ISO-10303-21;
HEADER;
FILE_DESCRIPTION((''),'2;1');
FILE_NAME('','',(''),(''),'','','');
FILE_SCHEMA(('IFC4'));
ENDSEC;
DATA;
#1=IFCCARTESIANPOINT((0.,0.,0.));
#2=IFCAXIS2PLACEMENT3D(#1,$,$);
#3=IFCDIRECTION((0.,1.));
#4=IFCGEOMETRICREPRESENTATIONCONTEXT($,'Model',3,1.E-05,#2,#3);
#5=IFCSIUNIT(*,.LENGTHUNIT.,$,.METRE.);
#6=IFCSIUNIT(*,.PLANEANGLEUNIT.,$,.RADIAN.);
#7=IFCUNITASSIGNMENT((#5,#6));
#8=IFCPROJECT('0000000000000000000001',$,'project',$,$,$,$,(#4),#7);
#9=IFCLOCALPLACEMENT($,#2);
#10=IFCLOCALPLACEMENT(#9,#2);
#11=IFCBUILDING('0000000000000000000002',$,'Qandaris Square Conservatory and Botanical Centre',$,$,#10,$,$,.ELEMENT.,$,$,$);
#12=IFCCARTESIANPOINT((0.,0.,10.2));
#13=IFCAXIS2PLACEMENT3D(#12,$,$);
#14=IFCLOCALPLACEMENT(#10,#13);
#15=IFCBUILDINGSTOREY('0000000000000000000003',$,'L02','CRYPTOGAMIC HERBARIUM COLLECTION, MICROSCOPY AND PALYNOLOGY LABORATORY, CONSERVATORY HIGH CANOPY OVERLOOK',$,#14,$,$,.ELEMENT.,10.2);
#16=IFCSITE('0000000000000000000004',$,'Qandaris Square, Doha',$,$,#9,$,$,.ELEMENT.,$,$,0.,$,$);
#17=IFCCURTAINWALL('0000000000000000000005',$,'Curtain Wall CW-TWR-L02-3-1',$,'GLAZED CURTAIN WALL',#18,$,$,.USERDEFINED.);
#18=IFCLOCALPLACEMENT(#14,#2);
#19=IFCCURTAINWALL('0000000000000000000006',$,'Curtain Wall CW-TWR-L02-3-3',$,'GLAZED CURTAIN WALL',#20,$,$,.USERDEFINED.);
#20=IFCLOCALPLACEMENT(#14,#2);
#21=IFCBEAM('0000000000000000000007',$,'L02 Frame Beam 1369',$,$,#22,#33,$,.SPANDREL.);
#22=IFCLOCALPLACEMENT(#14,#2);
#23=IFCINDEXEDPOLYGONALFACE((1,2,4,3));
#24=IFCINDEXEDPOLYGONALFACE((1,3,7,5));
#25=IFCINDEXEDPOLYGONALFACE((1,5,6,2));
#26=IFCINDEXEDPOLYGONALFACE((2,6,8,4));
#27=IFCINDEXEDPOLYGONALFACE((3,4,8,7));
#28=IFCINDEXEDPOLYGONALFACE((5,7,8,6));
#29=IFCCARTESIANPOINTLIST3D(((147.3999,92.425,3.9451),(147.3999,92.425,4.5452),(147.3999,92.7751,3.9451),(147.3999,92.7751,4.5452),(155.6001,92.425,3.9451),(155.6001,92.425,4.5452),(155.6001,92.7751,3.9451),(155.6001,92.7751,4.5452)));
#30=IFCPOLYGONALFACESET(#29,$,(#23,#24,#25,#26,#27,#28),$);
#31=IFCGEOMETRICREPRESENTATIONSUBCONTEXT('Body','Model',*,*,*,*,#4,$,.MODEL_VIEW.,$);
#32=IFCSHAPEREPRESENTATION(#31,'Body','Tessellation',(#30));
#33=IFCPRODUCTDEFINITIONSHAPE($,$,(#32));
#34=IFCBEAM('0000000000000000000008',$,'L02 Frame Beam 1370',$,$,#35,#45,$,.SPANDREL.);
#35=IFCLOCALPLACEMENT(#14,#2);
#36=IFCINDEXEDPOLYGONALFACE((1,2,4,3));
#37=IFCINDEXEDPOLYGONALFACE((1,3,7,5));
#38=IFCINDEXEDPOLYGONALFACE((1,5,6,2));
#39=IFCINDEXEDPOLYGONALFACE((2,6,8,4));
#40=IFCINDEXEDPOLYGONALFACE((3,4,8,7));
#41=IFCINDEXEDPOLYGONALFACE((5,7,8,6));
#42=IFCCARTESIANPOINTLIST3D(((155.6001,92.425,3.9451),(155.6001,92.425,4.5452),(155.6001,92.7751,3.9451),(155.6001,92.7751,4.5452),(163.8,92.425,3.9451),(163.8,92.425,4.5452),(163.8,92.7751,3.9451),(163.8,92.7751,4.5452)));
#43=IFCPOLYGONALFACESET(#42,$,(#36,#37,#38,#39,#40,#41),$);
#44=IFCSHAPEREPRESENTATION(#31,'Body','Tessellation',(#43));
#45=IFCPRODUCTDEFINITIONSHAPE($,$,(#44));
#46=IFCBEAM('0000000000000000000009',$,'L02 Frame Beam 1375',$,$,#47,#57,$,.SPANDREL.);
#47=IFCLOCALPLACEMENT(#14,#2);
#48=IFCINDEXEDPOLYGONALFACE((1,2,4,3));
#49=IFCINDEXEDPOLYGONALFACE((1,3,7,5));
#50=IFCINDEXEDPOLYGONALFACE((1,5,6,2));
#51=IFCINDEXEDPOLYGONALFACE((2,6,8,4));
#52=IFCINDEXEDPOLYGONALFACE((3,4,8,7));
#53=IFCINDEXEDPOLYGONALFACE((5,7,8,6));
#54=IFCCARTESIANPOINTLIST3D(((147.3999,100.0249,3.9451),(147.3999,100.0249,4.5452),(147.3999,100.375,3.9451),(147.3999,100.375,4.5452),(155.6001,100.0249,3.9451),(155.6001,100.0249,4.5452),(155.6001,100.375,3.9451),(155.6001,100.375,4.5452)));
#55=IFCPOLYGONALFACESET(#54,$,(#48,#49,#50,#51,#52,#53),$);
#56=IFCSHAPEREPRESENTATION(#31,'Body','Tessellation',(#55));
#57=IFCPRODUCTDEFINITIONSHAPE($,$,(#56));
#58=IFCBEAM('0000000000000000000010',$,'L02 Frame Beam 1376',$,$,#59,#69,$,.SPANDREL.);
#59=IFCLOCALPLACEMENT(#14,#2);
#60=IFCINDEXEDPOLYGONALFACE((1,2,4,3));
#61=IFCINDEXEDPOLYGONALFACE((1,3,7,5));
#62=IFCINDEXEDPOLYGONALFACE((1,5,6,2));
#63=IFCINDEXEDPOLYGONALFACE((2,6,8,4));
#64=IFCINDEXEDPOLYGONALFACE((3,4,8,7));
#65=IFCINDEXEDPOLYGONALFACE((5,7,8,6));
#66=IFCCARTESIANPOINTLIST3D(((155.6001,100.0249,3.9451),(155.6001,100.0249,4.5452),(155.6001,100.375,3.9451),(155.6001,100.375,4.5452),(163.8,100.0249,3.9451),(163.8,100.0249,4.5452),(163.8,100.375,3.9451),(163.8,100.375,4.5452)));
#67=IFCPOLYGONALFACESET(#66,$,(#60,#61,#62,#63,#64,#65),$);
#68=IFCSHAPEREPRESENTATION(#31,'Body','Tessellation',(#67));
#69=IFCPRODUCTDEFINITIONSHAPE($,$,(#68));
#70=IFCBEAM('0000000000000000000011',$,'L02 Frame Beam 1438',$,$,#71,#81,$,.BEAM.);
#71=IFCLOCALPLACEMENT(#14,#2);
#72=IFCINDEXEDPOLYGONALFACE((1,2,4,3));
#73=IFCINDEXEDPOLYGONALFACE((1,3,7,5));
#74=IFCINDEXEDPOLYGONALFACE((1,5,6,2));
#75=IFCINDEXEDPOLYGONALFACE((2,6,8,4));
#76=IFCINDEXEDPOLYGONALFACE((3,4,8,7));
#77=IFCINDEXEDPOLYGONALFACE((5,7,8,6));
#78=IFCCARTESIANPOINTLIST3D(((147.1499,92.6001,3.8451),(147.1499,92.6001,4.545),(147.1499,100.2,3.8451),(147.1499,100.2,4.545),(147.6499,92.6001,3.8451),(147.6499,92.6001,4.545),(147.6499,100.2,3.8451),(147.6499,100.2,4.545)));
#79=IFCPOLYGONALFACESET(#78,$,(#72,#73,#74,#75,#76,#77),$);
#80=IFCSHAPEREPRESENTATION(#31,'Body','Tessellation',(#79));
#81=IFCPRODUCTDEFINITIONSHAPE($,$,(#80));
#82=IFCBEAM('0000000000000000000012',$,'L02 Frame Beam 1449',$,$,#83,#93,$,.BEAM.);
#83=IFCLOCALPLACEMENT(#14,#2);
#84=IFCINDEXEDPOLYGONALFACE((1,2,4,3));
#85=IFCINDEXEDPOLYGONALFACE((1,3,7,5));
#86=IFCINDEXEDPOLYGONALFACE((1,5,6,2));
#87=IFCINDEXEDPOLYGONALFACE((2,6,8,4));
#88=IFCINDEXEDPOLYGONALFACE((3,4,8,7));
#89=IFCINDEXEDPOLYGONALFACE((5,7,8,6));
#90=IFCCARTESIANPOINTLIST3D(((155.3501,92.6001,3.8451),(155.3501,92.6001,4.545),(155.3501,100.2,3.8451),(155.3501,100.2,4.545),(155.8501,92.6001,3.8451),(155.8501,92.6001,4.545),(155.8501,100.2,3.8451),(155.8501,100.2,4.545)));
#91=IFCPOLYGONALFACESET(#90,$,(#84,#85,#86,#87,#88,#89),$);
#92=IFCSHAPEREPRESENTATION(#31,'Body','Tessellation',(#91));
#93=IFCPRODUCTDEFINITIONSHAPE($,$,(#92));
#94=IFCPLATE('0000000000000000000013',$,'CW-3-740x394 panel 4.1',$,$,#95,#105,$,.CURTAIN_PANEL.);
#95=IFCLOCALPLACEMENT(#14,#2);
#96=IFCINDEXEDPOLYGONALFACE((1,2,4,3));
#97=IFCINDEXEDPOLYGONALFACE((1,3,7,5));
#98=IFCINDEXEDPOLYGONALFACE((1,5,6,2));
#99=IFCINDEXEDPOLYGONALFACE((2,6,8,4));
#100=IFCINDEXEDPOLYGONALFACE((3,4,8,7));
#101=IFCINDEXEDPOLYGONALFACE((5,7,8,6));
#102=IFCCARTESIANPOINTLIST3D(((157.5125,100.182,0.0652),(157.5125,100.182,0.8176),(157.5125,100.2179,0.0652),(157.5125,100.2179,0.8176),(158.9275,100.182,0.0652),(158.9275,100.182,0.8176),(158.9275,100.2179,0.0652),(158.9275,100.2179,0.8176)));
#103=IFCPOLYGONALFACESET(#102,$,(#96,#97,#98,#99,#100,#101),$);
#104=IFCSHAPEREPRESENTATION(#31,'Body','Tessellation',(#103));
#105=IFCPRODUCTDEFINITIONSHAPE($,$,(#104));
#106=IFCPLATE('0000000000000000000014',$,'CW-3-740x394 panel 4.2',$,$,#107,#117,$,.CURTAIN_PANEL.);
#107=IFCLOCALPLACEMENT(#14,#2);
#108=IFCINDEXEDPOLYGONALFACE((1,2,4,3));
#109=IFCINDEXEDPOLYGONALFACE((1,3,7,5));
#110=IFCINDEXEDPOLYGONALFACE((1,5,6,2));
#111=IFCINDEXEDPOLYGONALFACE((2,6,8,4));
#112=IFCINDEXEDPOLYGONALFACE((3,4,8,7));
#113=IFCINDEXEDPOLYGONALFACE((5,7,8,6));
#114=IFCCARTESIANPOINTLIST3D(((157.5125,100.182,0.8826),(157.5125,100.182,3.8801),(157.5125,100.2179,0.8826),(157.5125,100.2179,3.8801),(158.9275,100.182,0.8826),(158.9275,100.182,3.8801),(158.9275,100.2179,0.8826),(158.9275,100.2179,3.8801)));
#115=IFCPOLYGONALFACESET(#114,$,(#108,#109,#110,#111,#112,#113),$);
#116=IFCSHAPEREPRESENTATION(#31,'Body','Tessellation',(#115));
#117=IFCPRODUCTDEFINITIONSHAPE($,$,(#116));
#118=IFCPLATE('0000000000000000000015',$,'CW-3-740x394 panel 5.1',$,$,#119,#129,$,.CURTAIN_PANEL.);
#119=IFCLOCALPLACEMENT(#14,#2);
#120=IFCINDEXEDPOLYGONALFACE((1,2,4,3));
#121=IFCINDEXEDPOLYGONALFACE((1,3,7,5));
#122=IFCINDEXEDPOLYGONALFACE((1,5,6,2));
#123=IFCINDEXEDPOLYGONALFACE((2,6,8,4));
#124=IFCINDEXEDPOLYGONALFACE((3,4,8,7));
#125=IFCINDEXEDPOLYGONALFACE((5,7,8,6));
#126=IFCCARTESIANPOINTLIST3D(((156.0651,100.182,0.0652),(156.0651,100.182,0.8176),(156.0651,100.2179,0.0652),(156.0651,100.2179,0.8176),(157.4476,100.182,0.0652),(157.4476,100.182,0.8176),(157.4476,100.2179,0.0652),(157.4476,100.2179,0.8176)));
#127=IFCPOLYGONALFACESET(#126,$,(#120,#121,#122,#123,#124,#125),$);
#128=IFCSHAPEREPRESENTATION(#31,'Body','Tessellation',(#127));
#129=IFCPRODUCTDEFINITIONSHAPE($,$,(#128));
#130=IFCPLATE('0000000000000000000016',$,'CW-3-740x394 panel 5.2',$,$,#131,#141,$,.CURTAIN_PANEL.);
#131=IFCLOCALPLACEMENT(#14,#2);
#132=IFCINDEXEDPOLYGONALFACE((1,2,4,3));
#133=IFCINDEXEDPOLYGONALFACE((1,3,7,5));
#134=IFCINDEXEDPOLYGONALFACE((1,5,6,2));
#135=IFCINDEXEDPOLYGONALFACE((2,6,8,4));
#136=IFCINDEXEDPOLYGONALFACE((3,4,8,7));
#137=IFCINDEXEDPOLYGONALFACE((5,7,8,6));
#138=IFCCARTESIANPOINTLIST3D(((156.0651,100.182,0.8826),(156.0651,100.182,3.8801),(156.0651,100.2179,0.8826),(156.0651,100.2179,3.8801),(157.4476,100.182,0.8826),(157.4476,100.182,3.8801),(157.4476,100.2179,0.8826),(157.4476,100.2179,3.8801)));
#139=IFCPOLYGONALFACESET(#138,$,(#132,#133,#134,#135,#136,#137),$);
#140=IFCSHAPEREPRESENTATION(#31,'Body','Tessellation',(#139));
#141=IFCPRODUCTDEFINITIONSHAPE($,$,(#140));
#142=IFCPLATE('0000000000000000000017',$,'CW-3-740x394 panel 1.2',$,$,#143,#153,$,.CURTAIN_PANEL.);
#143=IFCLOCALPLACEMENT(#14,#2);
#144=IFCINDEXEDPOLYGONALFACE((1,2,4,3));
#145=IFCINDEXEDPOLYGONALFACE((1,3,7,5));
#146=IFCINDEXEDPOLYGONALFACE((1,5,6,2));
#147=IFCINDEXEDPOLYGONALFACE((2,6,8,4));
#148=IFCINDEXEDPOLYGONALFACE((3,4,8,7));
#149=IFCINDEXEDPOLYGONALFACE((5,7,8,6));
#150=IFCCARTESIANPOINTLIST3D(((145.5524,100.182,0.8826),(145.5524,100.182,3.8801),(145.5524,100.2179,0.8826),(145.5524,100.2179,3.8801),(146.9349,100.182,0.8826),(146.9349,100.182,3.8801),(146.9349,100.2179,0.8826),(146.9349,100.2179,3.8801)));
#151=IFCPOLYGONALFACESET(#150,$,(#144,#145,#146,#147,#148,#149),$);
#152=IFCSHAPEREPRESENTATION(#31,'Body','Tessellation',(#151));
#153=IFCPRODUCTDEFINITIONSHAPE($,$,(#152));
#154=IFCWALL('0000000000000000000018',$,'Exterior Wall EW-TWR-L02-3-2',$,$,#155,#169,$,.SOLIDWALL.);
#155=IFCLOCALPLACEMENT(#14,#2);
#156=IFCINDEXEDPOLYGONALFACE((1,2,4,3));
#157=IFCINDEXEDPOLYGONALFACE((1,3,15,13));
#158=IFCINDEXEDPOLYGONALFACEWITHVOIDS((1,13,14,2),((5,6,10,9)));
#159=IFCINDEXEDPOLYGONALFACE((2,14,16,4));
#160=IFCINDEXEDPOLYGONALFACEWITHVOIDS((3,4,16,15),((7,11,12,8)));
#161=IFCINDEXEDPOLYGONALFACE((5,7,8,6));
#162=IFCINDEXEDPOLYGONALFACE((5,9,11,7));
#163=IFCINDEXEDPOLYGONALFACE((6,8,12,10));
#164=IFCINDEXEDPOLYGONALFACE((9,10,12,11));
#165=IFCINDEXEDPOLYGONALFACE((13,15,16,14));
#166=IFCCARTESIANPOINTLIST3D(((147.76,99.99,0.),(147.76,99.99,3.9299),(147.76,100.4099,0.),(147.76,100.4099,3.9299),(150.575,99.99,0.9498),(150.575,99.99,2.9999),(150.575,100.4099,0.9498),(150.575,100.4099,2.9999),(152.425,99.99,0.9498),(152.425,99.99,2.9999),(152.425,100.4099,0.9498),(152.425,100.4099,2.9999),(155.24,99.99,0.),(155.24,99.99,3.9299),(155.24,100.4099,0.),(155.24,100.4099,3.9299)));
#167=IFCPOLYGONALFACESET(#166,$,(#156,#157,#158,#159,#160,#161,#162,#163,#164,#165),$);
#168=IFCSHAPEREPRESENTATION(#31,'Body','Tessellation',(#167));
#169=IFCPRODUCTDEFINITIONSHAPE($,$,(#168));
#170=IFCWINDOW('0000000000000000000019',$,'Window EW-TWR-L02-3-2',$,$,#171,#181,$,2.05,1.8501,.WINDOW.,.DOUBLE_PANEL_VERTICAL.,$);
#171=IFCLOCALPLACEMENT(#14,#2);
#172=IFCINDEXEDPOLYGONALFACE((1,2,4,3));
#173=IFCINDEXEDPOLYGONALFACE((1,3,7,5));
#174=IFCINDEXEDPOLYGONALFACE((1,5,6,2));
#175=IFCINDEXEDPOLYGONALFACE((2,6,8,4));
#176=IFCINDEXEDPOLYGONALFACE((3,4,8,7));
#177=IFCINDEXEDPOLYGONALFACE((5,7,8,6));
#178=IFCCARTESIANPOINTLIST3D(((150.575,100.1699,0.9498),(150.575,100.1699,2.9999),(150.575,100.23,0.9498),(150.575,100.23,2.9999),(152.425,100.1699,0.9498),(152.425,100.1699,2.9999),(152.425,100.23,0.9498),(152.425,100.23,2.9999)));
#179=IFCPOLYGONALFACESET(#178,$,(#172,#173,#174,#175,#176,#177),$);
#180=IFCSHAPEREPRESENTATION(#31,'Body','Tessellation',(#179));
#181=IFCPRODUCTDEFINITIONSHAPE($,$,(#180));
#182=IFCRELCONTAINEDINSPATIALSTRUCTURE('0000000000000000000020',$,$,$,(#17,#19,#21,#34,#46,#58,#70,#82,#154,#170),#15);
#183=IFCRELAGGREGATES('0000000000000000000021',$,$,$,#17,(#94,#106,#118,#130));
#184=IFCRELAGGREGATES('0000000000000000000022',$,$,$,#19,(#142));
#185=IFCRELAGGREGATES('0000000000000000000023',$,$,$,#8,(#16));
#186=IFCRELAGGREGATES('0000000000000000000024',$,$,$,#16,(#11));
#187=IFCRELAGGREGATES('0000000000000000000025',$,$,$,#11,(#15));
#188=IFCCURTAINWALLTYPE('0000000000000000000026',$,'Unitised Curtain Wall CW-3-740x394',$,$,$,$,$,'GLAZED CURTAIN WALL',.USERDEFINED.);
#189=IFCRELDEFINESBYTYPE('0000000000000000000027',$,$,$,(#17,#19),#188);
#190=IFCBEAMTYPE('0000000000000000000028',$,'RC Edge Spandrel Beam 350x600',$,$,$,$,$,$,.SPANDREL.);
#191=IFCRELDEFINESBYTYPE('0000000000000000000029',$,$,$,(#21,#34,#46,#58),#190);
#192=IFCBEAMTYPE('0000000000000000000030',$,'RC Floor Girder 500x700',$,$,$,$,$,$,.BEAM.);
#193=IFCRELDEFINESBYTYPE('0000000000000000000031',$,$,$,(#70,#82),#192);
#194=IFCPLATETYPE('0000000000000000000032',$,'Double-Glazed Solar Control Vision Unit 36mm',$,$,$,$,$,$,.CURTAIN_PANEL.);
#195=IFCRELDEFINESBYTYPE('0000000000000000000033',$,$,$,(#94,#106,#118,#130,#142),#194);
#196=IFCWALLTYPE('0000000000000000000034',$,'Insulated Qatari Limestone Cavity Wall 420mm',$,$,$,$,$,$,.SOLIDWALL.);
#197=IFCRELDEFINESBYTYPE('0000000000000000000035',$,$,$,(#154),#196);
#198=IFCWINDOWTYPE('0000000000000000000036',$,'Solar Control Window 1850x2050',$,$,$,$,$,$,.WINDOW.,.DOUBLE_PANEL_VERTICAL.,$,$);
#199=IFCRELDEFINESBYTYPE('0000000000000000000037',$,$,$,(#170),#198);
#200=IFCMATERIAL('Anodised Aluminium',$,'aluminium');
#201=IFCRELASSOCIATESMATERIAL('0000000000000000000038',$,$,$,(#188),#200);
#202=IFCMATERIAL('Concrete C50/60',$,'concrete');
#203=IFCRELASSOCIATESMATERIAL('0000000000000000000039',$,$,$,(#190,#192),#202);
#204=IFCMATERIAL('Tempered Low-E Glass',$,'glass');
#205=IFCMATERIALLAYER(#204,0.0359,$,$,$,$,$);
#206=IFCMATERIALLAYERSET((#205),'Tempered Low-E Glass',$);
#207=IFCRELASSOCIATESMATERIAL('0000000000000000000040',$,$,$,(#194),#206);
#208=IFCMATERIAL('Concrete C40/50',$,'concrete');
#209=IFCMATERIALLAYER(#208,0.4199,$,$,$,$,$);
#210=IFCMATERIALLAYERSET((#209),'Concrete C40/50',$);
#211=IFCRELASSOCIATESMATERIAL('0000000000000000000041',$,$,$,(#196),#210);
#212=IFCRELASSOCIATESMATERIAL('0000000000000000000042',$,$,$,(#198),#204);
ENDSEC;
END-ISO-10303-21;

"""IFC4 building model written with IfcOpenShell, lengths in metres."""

from ifc_helpers import new_model, si_unit, direction, frame, frame_2d, origin, origin_2d, place, context, subcontext, project, spatial, rectangle, extrude, material, layer, layer_set, material_profile, profile_set, type_object, element, fill, aggregate, save


model = new_model("IFC4")

# Units and contexts
model_context = context("Model", 3, precision=1e-05, world=origin(), true_north=direction((0.0, 1.0)))
body_context = subcontext(model_context, "Body", "Model", "MODEL_VIEW")
ifc_project = project(units=[si_unit("LENGTHUNIT", "METRE"), si_unit("PLANEANGLEUNIT", "RADIAN")], contexts=[model_context])

# Site, building, storey
site_placement = place(None, origin())
site = spatial("IfcSite", under=ifc_project, at=site_placement, Name="Qandaris Square, Doha", CompositionType="ELEMENT", RefElevation=0.0)
building_placement = place(site_placement, origin())
building = spatial("IfcBuilding", under=site, at=building_placement, Name="Qandaris Square Conservatory and Botanical Centre", CompositionType="ELEMENT")
storey_placement = place(building_placement, frame((0.0, 0.0, 10.2)))
storey = spatial("IfcBuildingStorey", under=building, at=storey_placement, Name="L02", Description="CRYPTOGAMIC HERBARIUM COLLECTION, MICROSCOPY AND PALYNOLOGY LABORATORY, CONSERVATORY HIGH CANOPY OVERLOOK", CompositionType="ELEMENT", Elevation=10.2)

# Shared definitions
ifc_material_1 = material(Name="Concrete C40/50", Category="concrete")
ifc_material_2 = material(Name="Concrete C50/60", Category="concrete")

# Curtain wall
ifc_material_3 = material(Name="Anodised Aluminium", Category="aluminium")
curtain_wall_type = type_object("IfcCurtainWallType", Name="Unitised Curtain Wall CW-3-740x394", ElementType="GLAZED CURTAIN WALL", PredefinedType="USERDEFINED", material=ifc_material_3)
curtain_wall_1_placement = place(storey_placement, origin())
curtain_wall_1 = element("IfcCurtainWall", 1, at=curtain_wall_1_placement, inside=storey, type_object=curtain_wall_type, Name="Curtain Wall CW-TWR-L02-3-1", ObjectType="GLAZED CURTAIN WALL", PredefinedType="USERDEFINED")

# Curtain wall
curtain_wall_2_placement = place(storey_placement, origin())
curtain_wall_2 = element("IfcCurtainWall", 2, at=curtain_wall_2_placement, inside=storey, type_object=curtain_wall_type, Name="Curtain Wall CW-TWR-L02-3-3", ObjectType="GLAZED CURTAIN WALL", PredefinedType="USERDEFINED")

# Beams
ifc_material_profile_1 = material_profile(ifc_material_2, rectangle(XDim=0.3501, YDim=0.6001, at=origin_2d()), Name="RC-SP 350x600")
ifc_profile_set_1 = profile_set([ifc_material_profile_1], Name="Concrete C50/60")
beam_type_1 = type_object("IfcBeamType", Name="RC Edge Spandrel Beam 350x600", PredefinedType="SPANDREL", material=ifc_profile_set_1)
beam_1_placement = place(storey_placement, frame((147.3999, 92.6001, 4.2451), z_axis=(1.0, 0.0, 0.0), x_axis=(0.0, 1.0, 0.0)))
element("IfcBeam", 3, at=beam_1_placement, inside=storey, type_object=beam_type_1, Name="L02 Frame Beam 1369", PredefinedType="SPANDREL", context=body_context, shape_type="SweptSolid", body=[
    extrude(rectangle(XDim=0.3501, YDim=0.6001, at=origin_2d()), origin(), (0.0, 0.0, 1.0), 8.2002),
])
beam_2_placement = place(storey_placement, frame((155.6001, 92.6001, 4.2451), z_axis=(1.0, 0.0, 0.0), x_axis=(0.0, 1.0, 0.0)))
element("IfcBeam", 4, at=beam_2_placement, inside=storey, type_object=beam_type_1, Name="L02 Frame Beam 1370", PredefinedType="SPANDREL", context=body_context, shape_type="SweptSolid", body=[
    extrude(rectangle(XDim=0.3501, YDim=0.6001, at=origin_2d()), origin(), (0.0, 0.0, 1.0), 8.2),
])
beam_3_placement = place(storey_placement, frame((147.3999, 100.2, 4.2451), z_axis=(1.0, 0.0, 0.0), x_axis=(0.0, 1.0, 0.0)))
element("IfcBeam", 5, at=beam_3_placement, inside=storey, type_object=beam_type_1, Name="L02 Frame Beam 1375", PredefinedType="SPANDREL", context=body_context, shape_type="SweptSolid", body=[
    extrude(rectangle(XDim=0.3501, YDim=0.6001, at=origin_2d()), origin(), (0.0, 0.0, 1.0), 8.2002),
])
beam_4_placement = place(storey_placement, frame((155.6001, 100.2, 4.2451), z_axis=(1.0, 0.0, 0.0), x_axis=(0.0, 1.0, 0.0)))
element("IfcBeam", 6, at=beam_4_placement, inside=storey, type_object=beam_type_1, Name="L02 Frame Beam 1376", PredefinedType="SPANDREL", context=body_context, shape_type="SweptSolid", body=[
    extrude(rectangle(XDim=0.3501, YDim=0.6001, at=origin_2d()), origin(), (0.0, 0.0, 1.0), 8.2),
])
ifc_material_profile_2 = material_profile(ifc_material_2, rectangle(XDim=0.5, YDim=0.7, at=origin_2d()), Name="RC-BM 500x700")
ifc_profile_set_2 = profile_set([ifc_material_profile_2], Name="Concrete C50/60")
beam_type_2 = type_object("IfcBeamType", Name="RC Floor Girder 500x700", PredefinedType="BEAM", material=ifc_profile_set_2)
for number, where, z_axis, x_axis, name in (
    (7, (147.3999, 92.6001, 4.1951), (0.0, 1.0, 0.0), (-1.0, 0.0, 0.0), "L02 Frame Beam 1438"),
    (8, (155.6001, 92.6001, 4.1951), (0.0, 1.0, 0.0), (-1.0, 0.0, 0.0), "L02 Frame Beam 1449"),
):
    element("IfcBeam", number, at=place(storey_placement, frame(where, z_axis=z_axis, x_axis=x_axis)), inside=storey, type_object=beam_type_2, Name=name, PredefinedType="BEAM", context=body_context, shape_type="SweptSolid", body=[
        extrude(rectangle(XDim=0.5, YDim=0.7, at=origin_2d()), origin(), (0.0, 0.0, 1.0), 7.5999),
    ])

# Plates
ifc_material_4 = material(Name="Tempered Low-E Glass", Category="glass")
ifc_layer_1 = layer(ifc_material_4, 0.0359)
ifc_layer_set_1 = layer_set([ifc_layer_1], Name="Tempered Low-E Glass")
plate_type = type_object("IfcPlateType", Name="Double-Glazed Solar Control Vision Unit 36mm", PredefinedType="CURTAIN_PANEL", material=ifc_layer_set_1)
plate_1_placement = place(storey_placement, frame((158.22, 100.2, 0.0652), z_axis=(0.0, 0.0, 1.0), x_axis=(-1.0, 0.0, 0.0)))
plate_1 = element("IfcPlate", 9, at=plate_1_placement, type_object=plate_type, Name="CW-3-740x394 panel 4.1", PredefinedType="CURTAIN_PANEL", context=body_context, shape_type="SweptSolid", body=[
    extrude(rectangle(XDim=1.415, YDim=0.0359, at=origin_2d()), origin(), (0.0, 0.0, 1.0), 0.7524),
])
plate_2_placement = place(storey_placement, frame((158.22, 100.2, 0.8826), z_axis=(0.0, 0.0, 1.0), x_axis=(-1.0, 0.0, 0.0)))
plate_2 = element("IfcPlate", 10, at=plate_2_placement, type_object=plate_type, Name="CW-3-740x394 panel 4.2", PredefinedType="CURTAIN_PANEL", context=body_context, shape_type="SweptSolid", body=[
    extrude(rectangle(XDim=1.415, YDim=0.0359, at=origin_2d()), origin(), (0.0, 0.0, 1.0), 2.9976),
])
plate_3_placement = place(storey_placement, frame((156.7563, 100.2, 0.0652), z_axis=(0.0, 0.0, 1.0), x_axis=(-1.0, 0.0, 0.0)))
plate_3 = element("IfcPlate", 11, at=plate_3_placement, type_object=plate_type, Name="CW-3-740x394 panel 5.1", PredefinedType="CURTAIN_PANEL", context=body_context, shape_type="SweptSolid", body=[
    extrude(rectangle(XDim=1.3826, YDim=0.0359, at=origin_2d()), origin(), (0.0, 0.0, 1.0), 0.7524),
])
plate_4_placement = place(storey_placement, frame((156.7563, 100.2, 0.8826), z_axis=(0.0, 0.0, 1.0), x_axis=(-1.0, 0.0, 0.0)))
plate_4 = element("IfcPlate", 12, at=plate_4_placement, type_object=plate_type, Name="CW-3-740x394 panel 5.2", PredefinedType="CURTAIN_PANEL", context=body_context, shape_type="SweptSolid", body=[
    extrude(rectangle(XDim=1.3826, YDim=0.0359, at=origin_2d()), origin(), (0.0, 0.0, 1.0), 2.9976),
])
aggregate(curtain_wall_1, [plate_1, plate_2, plate_3, plate_4])
plate_5_placement = place(storey_placement, frame((146.2437, 100.2, 0.8826), z_axis=(0.0, 0.0, 1.0), x_axis=(-1.0, 0.0, 0.0)))
plate_5 = element("IfcPlate", 13, at=plate_5_placement, type_object=plate_type, Name="CW-3-740x394 panel 1.2", PredefinedType="CURTAIN_PANEL", context=body_context, shape_type="SweptSolid", body=[
    extrude(rectangle(XDim=1.3826, YDim=0.0359, at=origin_2d()), origin(), (0.0, 0.0, 1.0), 2.9976),
])
aggregate(curtain_wall_2, [plate_5])

# Wall, opening, window
ifc_layer_2 = layer(ifc_material_1, 0.4199)
ifc_layer_set_2 = layer_set([ifc_layer_2], Name="Concrete C40/50")
wall_type_1 = type_object("IfcWallType", Name="Insulated Qatari Limestone Cavity Wall 420mm", PredefinedType="SOLIDWALL", material=ifc_layer_set_2)
wall_1_placement = place(storey_placement, frame((155.24, 100.2, 0.0), z_axis=(0.0, 0.0, 1.0), x_axis=(-1.0, 0.0, 0.0)))
wall_1 = element("IfcWall", 14, at=wall_1_placement, inside=storey, type_object=wall_type_1, Name="Exterior Wall EW-TWR-L02-3-2", PredefinedType="SOLIDWALL", context=body_context, shape_type="SweptSolid", body=[
    extrude(rectangle(XDim=7.48, YDim=0.4199, at=frame_2d((3.74, 0.0))), origin(), (0.0, 0.0, 1.0), 3.9299),
])
opening_1_placement = place(wall_1_placement, frame((2.8149, 0.0, 0.95)))
opening_1 = element("IfcOpeningElement", 15, at=opening_1_placement, cuts=wall_1, PredefinedType="OPENING", context=body_context, shape_type="SweptSolid", body=[
    extrude(rectangle(XDim=1.8501, YDim=2.05, at=frame_2d((0.925, 1.0249))), frame((0.0, 0.2219, 0.0), z_axis=(0.0, -1.0, 0.0), x_axis=(1.0, 0.0, 0.0)), (0.0, 0.0, 1.0), 0.4438),
])
window_type = type_object("IfcWindowType", Name="Solar Control Window 1850x2050", PartitioningType="DOUBLE_PANEL_VERTICAL", PredefinedType="WINDOW", material=ifc_material_4)
window_placement = place(opening_1_placement, origin())
window = element("IfcWindow", 16, at=window_placement, inside=storey, type_object=window_type, Name="Window EW-TWR-L02-3-2", OverallHeight=2.05, OverallWidth=1.8501, PartitioningType="DOUBLE_PANEL_VERTICAL", PredefinedType="WINDOW", context=body_context, shape_type="SweptSolid", body=[
    extrude(rectangle(XDim=1.8501, YDim=2.05, at=frame_2d((0.925, 1.0249))), frame((0.0, 0.03, 0.0), z_axis=(0.0, -1.0, 0.0), x_axis=(1.0, 0.0, 0.0)), (0.0, 0.0, 1.0), 0.0601),
])
fill(opening_1, window)

save(model, "model.ifc")
